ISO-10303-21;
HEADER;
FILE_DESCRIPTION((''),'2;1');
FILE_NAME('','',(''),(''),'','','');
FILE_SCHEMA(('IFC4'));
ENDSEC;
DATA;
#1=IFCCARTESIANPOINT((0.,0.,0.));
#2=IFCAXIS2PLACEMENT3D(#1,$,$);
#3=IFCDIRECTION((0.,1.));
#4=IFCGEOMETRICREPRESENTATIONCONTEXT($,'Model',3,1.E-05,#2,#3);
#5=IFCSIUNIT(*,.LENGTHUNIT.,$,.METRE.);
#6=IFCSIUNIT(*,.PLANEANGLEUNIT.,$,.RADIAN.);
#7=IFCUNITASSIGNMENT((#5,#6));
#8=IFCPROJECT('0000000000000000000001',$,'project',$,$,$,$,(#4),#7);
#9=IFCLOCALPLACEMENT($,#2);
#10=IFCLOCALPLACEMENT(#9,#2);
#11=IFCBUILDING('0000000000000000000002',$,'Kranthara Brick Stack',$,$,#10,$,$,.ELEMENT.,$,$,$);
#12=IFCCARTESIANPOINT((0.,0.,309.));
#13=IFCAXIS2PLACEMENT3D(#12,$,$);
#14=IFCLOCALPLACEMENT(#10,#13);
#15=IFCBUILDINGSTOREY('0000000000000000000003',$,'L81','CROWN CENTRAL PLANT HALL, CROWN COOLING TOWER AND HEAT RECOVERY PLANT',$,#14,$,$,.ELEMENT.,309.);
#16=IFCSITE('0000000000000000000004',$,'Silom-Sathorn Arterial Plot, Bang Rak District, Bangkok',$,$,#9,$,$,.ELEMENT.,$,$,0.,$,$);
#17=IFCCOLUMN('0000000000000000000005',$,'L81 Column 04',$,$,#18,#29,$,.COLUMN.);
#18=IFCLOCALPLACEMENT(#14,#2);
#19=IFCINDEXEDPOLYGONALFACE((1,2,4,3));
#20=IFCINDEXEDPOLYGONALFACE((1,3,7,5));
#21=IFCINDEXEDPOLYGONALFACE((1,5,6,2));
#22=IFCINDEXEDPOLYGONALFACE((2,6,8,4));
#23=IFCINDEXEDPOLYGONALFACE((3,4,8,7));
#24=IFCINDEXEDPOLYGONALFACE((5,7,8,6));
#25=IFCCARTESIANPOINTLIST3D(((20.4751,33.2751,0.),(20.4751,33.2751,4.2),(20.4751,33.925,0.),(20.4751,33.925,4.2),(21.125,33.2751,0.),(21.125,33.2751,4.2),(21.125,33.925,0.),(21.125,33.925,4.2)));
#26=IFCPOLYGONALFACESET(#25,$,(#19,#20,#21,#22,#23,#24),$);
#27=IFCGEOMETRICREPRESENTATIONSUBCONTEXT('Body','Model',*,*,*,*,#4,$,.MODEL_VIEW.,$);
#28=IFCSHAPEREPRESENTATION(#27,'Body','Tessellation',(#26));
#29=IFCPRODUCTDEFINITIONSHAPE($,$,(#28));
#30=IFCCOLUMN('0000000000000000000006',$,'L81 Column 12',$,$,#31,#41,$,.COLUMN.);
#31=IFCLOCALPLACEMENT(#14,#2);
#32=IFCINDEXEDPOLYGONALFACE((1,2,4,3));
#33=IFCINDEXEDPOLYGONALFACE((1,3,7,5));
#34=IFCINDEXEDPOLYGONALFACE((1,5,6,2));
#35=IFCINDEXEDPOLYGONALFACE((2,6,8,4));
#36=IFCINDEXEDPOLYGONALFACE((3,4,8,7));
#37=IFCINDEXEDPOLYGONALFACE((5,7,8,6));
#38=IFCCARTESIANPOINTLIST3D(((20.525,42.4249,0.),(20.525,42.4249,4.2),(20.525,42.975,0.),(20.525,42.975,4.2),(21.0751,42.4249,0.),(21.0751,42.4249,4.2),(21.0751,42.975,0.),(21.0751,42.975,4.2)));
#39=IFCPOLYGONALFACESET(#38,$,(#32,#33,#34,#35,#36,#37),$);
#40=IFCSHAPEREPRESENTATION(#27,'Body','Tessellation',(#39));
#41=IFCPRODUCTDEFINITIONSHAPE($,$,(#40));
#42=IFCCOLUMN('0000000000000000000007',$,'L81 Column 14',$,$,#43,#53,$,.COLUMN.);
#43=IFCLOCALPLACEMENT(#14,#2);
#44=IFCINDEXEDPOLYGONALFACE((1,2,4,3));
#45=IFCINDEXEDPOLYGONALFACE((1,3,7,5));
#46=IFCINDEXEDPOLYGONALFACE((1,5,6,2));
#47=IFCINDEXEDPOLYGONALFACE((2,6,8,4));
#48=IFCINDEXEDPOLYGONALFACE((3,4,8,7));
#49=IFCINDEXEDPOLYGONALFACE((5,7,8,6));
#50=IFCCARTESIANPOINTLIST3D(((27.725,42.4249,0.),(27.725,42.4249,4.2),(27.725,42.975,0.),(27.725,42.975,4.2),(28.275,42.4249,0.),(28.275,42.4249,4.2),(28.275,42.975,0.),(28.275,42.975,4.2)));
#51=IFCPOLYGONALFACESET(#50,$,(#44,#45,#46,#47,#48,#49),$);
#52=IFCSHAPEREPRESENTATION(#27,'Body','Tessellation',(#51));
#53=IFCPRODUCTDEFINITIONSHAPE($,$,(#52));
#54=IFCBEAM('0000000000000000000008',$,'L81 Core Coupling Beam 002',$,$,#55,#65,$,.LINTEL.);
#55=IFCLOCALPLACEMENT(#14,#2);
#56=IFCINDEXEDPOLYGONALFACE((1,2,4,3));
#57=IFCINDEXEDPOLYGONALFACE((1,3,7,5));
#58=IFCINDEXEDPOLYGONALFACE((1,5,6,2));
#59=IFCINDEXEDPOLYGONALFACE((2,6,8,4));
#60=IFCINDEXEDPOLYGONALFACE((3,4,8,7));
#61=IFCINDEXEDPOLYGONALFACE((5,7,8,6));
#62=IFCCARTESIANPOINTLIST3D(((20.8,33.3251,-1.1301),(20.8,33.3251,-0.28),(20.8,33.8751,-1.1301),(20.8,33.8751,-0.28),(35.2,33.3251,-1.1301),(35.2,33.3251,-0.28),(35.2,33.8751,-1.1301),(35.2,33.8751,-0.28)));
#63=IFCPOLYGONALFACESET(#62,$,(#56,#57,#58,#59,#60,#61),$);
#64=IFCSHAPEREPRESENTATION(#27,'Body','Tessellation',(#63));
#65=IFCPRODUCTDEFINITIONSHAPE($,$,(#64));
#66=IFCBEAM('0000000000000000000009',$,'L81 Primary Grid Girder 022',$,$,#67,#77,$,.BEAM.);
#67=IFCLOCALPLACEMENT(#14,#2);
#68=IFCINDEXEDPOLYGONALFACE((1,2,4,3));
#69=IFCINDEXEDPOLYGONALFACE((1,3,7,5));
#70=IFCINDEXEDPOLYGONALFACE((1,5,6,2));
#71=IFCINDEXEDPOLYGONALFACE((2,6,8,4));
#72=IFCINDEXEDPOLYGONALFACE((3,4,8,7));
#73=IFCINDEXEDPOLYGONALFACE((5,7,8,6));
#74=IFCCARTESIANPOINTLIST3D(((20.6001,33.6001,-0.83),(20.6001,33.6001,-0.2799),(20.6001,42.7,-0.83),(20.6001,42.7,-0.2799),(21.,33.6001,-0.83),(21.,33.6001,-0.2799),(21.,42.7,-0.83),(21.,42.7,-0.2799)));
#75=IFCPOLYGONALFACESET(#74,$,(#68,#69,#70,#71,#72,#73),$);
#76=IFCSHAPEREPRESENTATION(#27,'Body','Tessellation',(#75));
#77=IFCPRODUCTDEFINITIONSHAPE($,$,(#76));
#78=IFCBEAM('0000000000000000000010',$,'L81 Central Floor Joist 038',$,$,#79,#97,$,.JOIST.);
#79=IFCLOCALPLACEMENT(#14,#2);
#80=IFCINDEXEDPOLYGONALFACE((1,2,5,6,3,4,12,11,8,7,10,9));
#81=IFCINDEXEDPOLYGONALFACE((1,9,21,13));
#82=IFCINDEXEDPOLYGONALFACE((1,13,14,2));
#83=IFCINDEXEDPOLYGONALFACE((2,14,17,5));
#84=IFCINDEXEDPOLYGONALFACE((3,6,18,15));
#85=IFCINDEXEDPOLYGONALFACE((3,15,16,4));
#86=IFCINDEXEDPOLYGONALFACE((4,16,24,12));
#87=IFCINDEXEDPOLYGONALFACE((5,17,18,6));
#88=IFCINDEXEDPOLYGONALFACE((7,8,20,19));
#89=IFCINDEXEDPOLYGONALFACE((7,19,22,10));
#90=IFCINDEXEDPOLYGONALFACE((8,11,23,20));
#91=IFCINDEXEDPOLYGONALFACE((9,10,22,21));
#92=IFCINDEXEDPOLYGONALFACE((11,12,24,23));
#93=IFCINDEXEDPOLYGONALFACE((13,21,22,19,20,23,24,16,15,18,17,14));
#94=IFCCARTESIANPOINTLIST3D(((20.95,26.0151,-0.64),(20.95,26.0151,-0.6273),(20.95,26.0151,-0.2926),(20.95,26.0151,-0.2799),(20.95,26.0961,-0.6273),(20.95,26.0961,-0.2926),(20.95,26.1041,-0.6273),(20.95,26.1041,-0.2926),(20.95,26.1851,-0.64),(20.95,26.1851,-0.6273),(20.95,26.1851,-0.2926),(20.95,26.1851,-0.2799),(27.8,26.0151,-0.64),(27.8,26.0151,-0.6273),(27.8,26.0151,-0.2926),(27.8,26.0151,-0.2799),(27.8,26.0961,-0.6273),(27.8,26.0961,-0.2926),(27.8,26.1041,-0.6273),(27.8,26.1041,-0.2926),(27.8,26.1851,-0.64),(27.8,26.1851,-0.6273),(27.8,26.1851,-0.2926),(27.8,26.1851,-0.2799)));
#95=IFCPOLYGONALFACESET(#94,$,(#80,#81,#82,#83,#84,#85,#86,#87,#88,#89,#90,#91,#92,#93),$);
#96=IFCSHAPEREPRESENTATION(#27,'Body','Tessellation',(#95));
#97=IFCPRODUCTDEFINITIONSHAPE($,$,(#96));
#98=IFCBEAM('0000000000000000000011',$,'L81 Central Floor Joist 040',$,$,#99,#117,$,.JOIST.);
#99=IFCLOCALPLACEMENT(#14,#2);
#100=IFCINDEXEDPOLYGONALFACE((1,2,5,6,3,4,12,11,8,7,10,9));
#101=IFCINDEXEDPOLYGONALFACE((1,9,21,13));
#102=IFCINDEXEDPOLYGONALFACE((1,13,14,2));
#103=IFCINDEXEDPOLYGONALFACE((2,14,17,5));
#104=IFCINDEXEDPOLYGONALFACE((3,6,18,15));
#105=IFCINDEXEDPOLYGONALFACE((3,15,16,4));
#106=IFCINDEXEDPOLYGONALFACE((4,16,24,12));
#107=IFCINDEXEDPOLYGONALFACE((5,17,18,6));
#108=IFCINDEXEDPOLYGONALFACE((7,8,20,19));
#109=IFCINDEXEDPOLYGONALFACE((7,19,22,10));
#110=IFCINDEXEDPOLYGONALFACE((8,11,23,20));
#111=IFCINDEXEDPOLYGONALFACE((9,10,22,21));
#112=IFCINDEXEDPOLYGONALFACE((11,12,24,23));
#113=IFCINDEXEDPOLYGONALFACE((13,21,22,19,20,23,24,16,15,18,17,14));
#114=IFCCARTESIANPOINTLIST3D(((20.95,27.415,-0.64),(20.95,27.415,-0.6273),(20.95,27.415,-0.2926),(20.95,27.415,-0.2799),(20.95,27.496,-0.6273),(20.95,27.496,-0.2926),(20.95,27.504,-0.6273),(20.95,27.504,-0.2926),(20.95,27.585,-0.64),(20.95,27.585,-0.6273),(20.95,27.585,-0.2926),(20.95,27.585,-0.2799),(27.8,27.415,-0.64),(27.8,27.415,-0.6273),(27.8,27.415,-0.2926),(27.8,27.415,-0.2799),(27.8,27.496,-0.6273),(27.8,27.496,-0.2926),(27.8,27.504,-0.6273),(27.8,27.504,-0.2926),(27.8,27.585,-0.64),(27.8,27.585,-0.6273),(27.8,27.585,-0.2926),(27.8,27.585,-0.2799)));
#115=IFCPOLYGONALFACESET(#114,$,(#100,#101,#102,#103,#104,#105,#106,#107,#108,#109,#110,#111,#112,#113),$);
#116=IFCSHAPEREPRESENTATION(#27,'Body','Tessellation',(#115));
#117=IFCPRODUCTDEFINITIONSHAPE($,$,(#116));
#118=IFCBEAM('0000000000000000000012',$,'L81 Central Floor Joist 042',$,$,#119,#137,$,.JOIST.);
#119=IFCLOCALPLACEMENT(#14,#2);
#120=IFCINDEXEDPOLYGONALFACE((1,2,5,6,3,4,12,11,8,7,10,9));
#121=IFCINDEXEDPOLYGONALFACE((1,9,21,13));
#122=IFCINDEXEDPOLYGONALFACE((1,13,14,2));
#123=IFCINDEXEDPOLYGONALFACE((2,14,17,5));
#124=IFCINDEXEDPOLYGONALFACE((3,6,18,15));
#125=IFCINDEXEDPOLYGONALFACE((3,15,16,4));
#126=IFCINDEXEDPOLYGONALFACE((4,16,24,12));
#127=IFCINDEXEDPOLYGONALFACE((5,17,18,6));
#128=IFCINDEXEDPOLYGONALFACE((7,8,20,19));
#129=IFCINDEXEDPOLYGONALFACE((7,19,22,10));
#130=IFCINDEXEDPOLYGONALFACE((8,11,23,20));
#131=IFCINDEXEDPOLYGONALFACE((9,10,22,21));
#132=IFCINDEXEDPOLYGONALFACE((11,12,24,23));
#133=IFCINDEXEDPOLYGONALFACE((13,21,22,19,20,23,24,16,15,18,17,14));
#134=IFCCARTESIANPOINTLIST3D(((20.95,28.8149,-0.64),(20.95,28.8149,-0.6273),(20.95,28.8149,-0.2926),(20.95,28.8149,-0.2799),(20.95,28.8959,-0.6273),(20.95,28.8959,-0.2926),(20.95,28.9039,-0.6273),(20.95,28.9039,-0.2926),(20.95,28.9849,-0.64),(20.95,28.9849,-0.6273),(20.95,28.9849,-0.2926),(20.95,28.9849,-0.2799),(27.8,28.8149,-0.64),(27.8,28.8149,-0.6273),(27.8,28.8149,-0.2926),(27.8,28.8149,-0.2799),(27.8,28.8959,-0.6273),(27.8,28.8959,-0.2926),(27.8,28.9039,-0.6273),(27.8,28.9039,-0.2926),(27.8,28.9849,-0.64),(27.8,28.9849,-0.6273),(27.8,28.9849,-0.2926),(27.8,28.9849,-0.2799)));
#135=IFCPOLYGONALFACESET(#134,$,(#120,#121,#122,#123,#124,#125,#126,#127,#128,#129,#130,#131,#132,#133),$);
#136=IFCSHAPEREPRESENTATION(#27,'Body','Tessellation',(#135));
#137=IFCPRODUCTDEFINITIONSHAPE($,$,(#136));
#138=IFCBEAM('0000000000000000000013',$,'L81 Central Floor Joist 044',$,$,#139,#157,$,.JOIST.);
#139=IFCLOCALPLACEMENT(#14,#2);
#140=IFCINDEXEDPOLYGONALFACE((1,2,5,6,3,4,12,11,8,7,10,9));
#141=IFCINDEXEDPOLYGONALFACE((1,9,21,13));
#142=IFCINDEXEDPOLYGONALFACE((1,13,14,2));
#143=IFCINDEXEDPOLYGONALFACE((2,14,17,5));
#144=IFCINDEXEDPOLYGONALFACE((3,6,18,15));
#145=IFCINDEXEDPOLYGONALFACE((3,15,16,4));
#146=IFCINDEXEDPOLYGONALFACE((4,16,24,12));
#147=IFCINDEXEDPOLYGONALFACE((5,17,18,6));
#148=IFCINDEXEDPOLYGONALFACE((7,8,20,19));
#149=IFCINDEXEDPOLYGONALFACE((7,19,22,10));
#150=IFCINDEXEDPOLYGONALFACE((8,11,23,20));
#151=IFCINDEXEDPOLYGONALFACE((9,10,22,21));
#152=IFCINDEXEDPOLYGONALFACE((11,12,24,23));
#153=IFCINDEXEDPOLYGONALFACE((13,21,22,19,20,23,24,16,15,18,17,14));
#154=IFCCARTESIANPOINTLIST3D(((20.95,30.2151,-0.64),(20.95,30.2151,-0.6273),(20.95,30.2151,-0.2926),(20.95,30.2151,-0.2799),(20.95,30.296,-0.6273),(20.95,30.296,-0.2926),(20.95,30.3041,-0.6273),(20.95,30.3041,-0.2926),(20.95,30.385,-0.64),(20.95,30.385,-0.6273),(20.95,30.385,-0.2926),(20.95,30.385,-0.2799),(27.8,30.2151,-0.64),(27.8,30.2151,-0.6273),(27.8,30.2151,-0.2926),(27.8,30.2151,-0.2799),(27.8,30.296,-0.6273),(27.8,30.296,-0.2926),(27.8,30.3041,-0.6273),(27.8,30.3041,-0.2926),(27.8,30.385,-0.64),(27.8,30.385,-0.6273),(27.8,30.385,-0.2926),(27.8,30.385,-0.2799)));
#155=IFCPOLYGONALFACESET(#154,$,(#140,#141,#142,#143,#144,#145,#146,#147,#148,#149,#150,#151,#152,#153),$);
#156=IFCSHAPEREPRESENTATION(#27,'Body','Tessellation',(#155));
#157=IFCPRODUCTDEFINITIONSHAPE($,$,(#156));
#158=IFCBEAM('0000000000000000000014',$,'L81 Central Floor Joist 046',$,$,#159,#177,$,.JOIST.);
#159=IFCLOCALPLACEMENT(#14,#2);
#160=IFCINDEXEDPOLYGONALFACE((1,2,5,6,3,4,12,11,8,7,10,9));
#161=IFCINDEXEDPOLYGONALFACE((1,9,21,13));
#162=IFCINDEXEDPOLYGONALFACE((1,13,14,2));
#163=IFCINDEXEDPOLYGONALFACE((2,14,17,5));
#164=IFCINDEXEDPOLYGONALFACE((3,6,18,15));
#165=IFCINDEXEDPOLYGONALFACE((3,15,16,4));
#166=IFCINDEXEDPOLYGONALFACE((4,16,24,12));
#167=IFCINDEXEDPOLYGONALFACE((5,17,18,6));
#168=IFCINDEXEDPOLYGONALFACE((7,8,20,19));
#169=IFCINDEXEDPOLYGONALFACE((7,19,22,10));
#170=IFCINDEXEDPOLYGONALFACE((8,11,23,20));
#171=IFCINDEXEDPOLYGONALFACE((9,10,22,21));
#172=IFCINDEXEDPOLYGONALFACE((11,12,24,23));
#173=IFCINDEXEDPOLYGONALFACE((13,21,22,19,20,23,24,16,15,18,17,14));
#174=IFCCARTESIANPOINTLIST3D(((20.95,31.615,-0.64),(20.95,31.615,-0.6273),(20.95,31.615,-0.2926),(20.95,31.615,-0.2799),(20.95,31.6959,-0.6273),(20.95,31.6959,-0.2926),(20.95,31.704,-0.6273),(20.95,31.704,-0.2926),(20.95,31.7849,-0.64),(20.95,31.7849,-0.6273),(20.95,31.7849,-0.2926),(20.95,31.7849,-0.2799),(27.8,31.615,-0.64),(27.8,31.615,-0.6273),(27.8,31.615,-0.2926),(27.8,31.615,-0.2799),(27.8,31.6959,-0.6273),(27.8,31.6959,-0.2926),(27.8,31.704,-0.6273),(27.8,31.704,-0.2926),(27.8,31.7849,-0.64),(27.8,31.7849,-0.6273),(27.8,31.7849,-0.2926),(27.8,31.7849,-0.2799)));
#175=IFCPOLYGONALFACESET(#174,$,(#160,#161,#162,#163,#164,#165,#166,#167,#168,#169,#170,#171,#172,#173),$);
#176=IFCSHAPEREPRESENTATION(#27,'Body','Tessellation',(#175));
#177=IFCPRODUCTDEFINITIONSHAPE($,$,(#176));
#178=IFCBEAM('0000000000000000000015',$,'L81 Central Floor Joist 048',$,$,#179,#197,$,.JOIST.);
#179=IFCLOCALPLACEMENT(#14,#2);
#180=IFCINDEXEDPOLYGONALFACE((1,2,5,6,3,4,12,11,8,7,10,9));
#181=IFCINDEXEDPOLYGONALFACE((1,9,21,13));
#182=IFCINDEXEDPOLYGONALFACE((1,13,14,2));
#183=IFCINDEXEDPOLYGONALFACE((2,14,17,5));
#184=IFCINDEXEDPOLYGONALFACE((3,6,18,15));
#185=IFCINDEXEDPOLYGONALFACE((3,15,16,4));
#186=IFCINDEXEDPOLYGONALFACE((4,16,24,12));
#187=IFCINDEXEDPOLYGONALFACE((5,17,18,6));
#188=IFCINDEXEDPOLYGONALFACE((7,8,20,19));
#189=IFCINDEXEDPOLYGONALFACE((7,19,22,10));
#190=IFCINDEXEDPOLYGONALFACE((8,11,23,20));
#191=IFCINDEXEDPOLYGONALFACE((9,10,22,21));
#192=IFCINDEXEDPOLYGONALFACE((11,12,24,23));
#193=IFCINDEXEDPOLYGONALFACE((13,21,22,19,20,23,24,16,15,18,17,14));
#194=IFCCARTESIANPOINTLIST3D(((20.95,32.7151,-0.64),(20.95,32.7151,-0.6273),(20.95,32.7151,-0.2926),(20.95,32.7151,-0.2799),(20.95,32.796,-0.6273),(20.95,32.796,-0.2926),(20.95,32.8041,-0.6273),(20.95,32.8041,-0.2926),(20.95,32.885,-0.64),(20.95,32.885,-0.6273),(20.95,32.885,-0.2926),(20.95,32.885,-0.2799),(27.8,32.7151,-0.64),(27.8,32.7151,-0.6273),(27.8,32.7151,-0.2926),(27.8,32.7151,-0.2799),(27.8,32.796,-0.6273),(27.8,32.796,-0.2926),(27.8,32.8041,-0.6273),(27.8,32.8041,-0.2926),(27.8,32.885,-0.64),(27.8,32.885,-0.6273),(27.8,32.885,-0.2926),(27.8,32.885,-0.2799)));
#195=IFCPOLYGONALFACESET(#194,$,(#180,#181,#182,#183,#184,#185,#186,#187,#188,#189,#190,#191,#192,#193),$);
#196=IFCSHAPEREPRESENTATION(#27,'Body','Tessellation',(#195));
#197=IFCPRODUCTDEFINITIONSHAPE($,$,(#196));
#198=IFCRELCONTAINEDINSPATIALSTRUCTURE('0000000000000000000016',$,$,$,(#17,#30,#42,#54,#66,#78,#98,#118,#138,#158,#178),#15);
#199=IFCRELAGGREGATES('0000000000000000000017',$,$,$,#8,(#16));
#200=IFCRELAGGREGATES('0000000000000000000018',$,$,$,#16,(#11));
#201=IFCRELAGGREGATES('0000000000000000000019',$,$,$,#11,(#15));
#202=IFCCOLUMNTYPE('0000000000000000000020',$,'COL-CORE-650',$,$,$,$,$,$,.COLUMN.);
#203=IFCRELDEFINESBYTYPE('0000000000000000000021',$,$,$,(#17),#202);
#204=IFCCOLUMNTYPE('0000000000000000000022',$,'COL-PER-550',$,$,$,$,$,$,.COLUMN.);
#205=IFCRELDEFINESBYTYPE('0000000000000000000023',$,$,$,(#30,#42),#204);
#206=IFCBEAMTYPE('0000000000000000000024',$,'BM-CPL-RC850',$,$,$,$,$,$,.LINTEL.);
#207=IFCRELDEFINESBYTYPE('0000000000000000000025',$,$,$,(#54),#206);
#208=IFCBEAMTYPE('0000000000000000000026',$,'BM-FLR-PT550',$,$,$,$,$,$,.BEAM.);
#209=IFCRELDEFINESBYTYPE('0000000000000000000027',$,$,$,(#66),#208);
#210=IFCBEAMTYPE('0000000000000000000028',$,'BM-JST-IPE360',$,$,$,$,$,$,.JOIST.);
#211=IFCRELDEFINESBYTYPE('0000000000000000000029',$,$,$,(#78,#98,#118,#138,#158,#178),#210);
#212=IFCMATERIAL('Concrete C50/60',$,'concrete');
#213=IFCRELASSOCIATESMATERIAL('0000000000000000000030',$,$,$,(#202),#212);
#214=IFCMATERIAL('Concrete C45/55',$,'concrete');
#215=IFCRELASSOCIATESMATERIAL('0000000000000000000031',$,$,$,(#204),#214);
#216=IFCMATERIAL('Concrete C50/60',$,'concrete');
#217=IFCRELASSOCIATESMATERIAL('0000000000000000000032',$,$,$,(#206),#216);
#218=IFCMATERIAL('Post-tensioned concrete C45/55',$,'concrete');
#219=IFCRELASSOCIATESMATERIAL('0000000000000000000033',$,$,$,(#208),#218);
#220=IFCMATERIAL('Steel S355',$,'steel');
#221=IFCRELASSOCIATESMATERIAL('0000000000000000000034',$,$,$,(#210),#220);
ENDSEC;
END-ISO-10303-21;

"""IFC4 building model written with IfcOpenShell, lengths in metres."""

from ifc_helpers import new_model, si_unit, direction, frame, origin, origin_2d, place, context, subcontext, project, spatial, rectangle, i_section, extrude, material, material_profile, profile_set, type_object, element, save


model = new_model("IFC4")

# Units and contexts
model_context = context("Model", 3, precision=1e-05, world=origin(), true_north=direction((0.0, 1.0)))
body_context = subcontext(model_context, "Body", "Model", "MODEL_VIEW")
ifc_project = project(units=[si_unit("LENGTHUNIT", "METRE"), si_unit("PLANEANGLEUNIT", "RADIAN")], contexts=[model_context])

# Site, building, storey
site_placement = place(None, origin())
site = spatial("IfcSite", under=ifc_project, at=site_placement, Name="Silom-Sathorn Arterial Plot, Bang Rak District, Bangkok", CompositionType="ELEMENT", RefElevation=0.0)
building_placement = place(site_placement, origin())
building = spatial("IfcBuilding", under=site, at=building_placement, Name="Kranthara Brick Stack", CompositionType="ELEMENT")
storey_placement = place(building_placement, frame((0.0, 0.0, 309.0)))
storey = spatial("IfcBuildingStorey", under=building, at=storey_placement, Name="L81", Description="CROWN CENTRAL PLANT HALL, CROWN COOLING TOWER AND HEAT RECOVERY PLANT", CompositionType="ELEMENT", Elevation=309.0)

# Columns
ifc_material_1 = material(Name="Concrete C50/60", Category="concrete")
ifc_material_profile_1 = material_profile(ifc_material_1, rectangle(XDim=0.6499, YDim=0.6499, at=origin_2d()), Name="RC 650x650")
ifc_profile_set_1 = profile_set([ifc_material_profile_1], Name="Concrete C50/60")
column_type_1 = type_object("IfcColumnType", Name="COL-CORE-650", PredefinedType="COLUMN", material=ifc_profile_set_1)
column_placement = place(storey_placement, frame((20.8, 33.6001, 0.0), z_axis=(0.0, 0.0, 1.0), x_axis=(1.0, 0.0, 0.0)))
element("IfcColumn", 1, at=column_placement, inside=storey, type_object=column_type_1, Name="L81 Column 04", PredefinedType="COLUMN", context=body_context, shape_type="SweptSolid", body=[
    extrude(rectangle(XDim=0.6499, YDim=0.6499, at=origin_2d()), origin(), (0.0, 0.0, 1.0), 4.2),
])
ifc_material_2 = material(Name="Concrete C45/55", Category="concrete")
ifc_material_profile_2 = material_profile(ifc_material_2, rectangle(XDim=0.55, YDim=0.55, at=origin_2d()), Name="RC 550x550")
ifc_profile_set_2 = profile_set([ifc_material_profile_2], Name="Concrete C45/55")
column_type_2 = type_object("IfcColumnType", Name="COL-PER-550", PredefinedType="COLUMN", material=ifc_profile_set_2)
for number, where, z_axis, x_axis, name in (
    (2, (20.8, 42.7, 0.0), (0.0, 0.0, 1.0), (1.0, 0.0, 0.0), "L81 Column 12"),
    (3, (28.0, 42.7, 0.0), (0.0, 0.0, 1.0), (1.0, 0.0, 0.0), "L81 Column 14"),
):
    element("IfcColumn", number, at=place(storey_placement, frame(where, z_axis=z_axis, x_axis=x_axis)), inside=storey, type_object=column_type_2, Name=name, PredefinedType="COLUMN", context=body_context, shape_type="SweptSolid", body=[
        extrude(rectangle(XDim=0.55, YDim=0.55, at=origin_2d()), origin(), (0.0, 0.0, 1.0), 4.2),
    ])

# Beams
ifc_material_3 = material(Name="Concrete C50/60", Category="concrete")
ifc_material_profile_3 = material_profile(ifc_material_3, rectangle(XDim=0.55, YDim=0.8501, at=origin_2d()), Name="RC 550x850")
ifc_profile_set_3 = profile_set([ifc_material_profile_3], Name="Concrete C50/60")
beam_type_1 = type_object("IfcBeamType", Name="BM-CPL-RC850", PredefinedType="LINTEL", material=ifc_profile_set_3)
beam_1_placement = place(storey_placement, frame((20.8, 33.6001, -0.7051), z_axis=(1.0, 0.0, 0.0), x_axis=(0.0, 1.0, 0.0)))
element("IfcBeam", 4, at=beam_1_placement, inside=storey, type_object=beam_type_1, Name="L81 Core Coupling Beam 002", PredefinedType="LINTEL", context=body_context, shape_type="SweptSolid", body=[
    extrude(rectangle(XDim=0.55, YDim=0.8501, at=origin_2d()), origin(), (0.0, 0.0, 1.0), 14.3999),
])
ifc_material_4 = material(Name="Post-tensioned concrete C45/55", Category="concrete")
ifc_material_profile_4 = material_profile(ifc_material_4, rectangle(XDim=0.3999, YDim=0.55, at=origin_2d()), Name="PT 400x550")
ifc_profile_set_4 = profile_set([ifc_material_profile_4], Name="Post-tensioned concrete C45/55")
beam_type_2 = type_object("IfcBeamType", Name="BM-FLR-PT550", PredefinedType="BEAM", material=ifc_profile_set_4)
beam_2_placement = place(storey_placement, frame((20.8, 33.6001, -0.5549), z_axis=(0.0, 1.0, 0.0), x_axis=(-1.0, 0.0, 0.0)))
element("IfcBeam", 5, at=beam_2_placement, inside=storey, type_object=beam_type_2, Name="L81 Primary Grid Girder 022", PredefinedType="BEAM", context=body_context, shape_type="SweptSolid", body=[
    extrude(rectangle(XDim=0.3999, YDim=0.55, at=origin_2d()), origin(), (0.0, 0.0, 1.0), 9.0999),
])
ifc_material_5 = material(Name="Steel S355", Category="steel")
ifc_material_profile_5 = material_profile(ifc_material_5, i_section(OverallWidth=0.1699, OverallDepth=0.3601, WebThickness=0.0081, FlangeThickness=0.0127, at=origin_2d()), Name="IPE 360")
ifc_profile_set_5 = profile_set([ifc_material_profile_5], Name="Steel S355")
beam_type_3 = type_object("IfcBeamType", Name="BM-JST-IPE360", PredefinedType="JOIST", material=ifc_profile_set_5)
for number, where, z_axis, x_axis, name in (
    (6, (20.95, 26.1001, -0.46), (1.0, 0.0, 0.0), (0.0, 1.0, 0.0), "L81 Central Floor Joist 038"),
    (7, (20.95, 27.5, -0.46), (1.0, 0.0, 0.0), (0.0, 1.0, 0.0), "L81 Central Floor Joist 040"),
    (8, (20.95, 28.8999, -0.46), (1.0, 0.0, 0.0), (0.0, 1.0, 0.0), "L81 Central Floor Joist 042"),
    (9, (20.95, 30.3, -0.46), (1.0, 0.0, 0.0), (0.0, 1.0, 0.0), "L81 Central Floor Joist 044"),
    (10, (20.95, 31.7, -0.46), (1.0, 0.0, 0.0), (0.0, 1.0, 0.0), "L81 Central Floor Joist 046"),
    (11, (20.95, 32.8, -0.46), (1.0, 0.0, 0.0), (0.0, 1.0, 0.0), "L81 Central Floor Joist 048"),
):
    element("IfcBeam", number, at=place(storey_placement, frame(where, z_axis=z_axis, x_axis=x_axis)), inside=storey, type_object=beam_type_3, Name=name, PredefinedType="JOIST", context=body_context, shape_type="SweptSolid", body=[
        extrude(i_section(OverallWidth=0.1699, OverallDepth=0.3601, WebThickness=0.0081, FlangeThickness=0.0127, at=origin_2d()), origin(), (0.0, 0.0, 1.0), 6.8501),
    ])

save(model, "model.ifc")
